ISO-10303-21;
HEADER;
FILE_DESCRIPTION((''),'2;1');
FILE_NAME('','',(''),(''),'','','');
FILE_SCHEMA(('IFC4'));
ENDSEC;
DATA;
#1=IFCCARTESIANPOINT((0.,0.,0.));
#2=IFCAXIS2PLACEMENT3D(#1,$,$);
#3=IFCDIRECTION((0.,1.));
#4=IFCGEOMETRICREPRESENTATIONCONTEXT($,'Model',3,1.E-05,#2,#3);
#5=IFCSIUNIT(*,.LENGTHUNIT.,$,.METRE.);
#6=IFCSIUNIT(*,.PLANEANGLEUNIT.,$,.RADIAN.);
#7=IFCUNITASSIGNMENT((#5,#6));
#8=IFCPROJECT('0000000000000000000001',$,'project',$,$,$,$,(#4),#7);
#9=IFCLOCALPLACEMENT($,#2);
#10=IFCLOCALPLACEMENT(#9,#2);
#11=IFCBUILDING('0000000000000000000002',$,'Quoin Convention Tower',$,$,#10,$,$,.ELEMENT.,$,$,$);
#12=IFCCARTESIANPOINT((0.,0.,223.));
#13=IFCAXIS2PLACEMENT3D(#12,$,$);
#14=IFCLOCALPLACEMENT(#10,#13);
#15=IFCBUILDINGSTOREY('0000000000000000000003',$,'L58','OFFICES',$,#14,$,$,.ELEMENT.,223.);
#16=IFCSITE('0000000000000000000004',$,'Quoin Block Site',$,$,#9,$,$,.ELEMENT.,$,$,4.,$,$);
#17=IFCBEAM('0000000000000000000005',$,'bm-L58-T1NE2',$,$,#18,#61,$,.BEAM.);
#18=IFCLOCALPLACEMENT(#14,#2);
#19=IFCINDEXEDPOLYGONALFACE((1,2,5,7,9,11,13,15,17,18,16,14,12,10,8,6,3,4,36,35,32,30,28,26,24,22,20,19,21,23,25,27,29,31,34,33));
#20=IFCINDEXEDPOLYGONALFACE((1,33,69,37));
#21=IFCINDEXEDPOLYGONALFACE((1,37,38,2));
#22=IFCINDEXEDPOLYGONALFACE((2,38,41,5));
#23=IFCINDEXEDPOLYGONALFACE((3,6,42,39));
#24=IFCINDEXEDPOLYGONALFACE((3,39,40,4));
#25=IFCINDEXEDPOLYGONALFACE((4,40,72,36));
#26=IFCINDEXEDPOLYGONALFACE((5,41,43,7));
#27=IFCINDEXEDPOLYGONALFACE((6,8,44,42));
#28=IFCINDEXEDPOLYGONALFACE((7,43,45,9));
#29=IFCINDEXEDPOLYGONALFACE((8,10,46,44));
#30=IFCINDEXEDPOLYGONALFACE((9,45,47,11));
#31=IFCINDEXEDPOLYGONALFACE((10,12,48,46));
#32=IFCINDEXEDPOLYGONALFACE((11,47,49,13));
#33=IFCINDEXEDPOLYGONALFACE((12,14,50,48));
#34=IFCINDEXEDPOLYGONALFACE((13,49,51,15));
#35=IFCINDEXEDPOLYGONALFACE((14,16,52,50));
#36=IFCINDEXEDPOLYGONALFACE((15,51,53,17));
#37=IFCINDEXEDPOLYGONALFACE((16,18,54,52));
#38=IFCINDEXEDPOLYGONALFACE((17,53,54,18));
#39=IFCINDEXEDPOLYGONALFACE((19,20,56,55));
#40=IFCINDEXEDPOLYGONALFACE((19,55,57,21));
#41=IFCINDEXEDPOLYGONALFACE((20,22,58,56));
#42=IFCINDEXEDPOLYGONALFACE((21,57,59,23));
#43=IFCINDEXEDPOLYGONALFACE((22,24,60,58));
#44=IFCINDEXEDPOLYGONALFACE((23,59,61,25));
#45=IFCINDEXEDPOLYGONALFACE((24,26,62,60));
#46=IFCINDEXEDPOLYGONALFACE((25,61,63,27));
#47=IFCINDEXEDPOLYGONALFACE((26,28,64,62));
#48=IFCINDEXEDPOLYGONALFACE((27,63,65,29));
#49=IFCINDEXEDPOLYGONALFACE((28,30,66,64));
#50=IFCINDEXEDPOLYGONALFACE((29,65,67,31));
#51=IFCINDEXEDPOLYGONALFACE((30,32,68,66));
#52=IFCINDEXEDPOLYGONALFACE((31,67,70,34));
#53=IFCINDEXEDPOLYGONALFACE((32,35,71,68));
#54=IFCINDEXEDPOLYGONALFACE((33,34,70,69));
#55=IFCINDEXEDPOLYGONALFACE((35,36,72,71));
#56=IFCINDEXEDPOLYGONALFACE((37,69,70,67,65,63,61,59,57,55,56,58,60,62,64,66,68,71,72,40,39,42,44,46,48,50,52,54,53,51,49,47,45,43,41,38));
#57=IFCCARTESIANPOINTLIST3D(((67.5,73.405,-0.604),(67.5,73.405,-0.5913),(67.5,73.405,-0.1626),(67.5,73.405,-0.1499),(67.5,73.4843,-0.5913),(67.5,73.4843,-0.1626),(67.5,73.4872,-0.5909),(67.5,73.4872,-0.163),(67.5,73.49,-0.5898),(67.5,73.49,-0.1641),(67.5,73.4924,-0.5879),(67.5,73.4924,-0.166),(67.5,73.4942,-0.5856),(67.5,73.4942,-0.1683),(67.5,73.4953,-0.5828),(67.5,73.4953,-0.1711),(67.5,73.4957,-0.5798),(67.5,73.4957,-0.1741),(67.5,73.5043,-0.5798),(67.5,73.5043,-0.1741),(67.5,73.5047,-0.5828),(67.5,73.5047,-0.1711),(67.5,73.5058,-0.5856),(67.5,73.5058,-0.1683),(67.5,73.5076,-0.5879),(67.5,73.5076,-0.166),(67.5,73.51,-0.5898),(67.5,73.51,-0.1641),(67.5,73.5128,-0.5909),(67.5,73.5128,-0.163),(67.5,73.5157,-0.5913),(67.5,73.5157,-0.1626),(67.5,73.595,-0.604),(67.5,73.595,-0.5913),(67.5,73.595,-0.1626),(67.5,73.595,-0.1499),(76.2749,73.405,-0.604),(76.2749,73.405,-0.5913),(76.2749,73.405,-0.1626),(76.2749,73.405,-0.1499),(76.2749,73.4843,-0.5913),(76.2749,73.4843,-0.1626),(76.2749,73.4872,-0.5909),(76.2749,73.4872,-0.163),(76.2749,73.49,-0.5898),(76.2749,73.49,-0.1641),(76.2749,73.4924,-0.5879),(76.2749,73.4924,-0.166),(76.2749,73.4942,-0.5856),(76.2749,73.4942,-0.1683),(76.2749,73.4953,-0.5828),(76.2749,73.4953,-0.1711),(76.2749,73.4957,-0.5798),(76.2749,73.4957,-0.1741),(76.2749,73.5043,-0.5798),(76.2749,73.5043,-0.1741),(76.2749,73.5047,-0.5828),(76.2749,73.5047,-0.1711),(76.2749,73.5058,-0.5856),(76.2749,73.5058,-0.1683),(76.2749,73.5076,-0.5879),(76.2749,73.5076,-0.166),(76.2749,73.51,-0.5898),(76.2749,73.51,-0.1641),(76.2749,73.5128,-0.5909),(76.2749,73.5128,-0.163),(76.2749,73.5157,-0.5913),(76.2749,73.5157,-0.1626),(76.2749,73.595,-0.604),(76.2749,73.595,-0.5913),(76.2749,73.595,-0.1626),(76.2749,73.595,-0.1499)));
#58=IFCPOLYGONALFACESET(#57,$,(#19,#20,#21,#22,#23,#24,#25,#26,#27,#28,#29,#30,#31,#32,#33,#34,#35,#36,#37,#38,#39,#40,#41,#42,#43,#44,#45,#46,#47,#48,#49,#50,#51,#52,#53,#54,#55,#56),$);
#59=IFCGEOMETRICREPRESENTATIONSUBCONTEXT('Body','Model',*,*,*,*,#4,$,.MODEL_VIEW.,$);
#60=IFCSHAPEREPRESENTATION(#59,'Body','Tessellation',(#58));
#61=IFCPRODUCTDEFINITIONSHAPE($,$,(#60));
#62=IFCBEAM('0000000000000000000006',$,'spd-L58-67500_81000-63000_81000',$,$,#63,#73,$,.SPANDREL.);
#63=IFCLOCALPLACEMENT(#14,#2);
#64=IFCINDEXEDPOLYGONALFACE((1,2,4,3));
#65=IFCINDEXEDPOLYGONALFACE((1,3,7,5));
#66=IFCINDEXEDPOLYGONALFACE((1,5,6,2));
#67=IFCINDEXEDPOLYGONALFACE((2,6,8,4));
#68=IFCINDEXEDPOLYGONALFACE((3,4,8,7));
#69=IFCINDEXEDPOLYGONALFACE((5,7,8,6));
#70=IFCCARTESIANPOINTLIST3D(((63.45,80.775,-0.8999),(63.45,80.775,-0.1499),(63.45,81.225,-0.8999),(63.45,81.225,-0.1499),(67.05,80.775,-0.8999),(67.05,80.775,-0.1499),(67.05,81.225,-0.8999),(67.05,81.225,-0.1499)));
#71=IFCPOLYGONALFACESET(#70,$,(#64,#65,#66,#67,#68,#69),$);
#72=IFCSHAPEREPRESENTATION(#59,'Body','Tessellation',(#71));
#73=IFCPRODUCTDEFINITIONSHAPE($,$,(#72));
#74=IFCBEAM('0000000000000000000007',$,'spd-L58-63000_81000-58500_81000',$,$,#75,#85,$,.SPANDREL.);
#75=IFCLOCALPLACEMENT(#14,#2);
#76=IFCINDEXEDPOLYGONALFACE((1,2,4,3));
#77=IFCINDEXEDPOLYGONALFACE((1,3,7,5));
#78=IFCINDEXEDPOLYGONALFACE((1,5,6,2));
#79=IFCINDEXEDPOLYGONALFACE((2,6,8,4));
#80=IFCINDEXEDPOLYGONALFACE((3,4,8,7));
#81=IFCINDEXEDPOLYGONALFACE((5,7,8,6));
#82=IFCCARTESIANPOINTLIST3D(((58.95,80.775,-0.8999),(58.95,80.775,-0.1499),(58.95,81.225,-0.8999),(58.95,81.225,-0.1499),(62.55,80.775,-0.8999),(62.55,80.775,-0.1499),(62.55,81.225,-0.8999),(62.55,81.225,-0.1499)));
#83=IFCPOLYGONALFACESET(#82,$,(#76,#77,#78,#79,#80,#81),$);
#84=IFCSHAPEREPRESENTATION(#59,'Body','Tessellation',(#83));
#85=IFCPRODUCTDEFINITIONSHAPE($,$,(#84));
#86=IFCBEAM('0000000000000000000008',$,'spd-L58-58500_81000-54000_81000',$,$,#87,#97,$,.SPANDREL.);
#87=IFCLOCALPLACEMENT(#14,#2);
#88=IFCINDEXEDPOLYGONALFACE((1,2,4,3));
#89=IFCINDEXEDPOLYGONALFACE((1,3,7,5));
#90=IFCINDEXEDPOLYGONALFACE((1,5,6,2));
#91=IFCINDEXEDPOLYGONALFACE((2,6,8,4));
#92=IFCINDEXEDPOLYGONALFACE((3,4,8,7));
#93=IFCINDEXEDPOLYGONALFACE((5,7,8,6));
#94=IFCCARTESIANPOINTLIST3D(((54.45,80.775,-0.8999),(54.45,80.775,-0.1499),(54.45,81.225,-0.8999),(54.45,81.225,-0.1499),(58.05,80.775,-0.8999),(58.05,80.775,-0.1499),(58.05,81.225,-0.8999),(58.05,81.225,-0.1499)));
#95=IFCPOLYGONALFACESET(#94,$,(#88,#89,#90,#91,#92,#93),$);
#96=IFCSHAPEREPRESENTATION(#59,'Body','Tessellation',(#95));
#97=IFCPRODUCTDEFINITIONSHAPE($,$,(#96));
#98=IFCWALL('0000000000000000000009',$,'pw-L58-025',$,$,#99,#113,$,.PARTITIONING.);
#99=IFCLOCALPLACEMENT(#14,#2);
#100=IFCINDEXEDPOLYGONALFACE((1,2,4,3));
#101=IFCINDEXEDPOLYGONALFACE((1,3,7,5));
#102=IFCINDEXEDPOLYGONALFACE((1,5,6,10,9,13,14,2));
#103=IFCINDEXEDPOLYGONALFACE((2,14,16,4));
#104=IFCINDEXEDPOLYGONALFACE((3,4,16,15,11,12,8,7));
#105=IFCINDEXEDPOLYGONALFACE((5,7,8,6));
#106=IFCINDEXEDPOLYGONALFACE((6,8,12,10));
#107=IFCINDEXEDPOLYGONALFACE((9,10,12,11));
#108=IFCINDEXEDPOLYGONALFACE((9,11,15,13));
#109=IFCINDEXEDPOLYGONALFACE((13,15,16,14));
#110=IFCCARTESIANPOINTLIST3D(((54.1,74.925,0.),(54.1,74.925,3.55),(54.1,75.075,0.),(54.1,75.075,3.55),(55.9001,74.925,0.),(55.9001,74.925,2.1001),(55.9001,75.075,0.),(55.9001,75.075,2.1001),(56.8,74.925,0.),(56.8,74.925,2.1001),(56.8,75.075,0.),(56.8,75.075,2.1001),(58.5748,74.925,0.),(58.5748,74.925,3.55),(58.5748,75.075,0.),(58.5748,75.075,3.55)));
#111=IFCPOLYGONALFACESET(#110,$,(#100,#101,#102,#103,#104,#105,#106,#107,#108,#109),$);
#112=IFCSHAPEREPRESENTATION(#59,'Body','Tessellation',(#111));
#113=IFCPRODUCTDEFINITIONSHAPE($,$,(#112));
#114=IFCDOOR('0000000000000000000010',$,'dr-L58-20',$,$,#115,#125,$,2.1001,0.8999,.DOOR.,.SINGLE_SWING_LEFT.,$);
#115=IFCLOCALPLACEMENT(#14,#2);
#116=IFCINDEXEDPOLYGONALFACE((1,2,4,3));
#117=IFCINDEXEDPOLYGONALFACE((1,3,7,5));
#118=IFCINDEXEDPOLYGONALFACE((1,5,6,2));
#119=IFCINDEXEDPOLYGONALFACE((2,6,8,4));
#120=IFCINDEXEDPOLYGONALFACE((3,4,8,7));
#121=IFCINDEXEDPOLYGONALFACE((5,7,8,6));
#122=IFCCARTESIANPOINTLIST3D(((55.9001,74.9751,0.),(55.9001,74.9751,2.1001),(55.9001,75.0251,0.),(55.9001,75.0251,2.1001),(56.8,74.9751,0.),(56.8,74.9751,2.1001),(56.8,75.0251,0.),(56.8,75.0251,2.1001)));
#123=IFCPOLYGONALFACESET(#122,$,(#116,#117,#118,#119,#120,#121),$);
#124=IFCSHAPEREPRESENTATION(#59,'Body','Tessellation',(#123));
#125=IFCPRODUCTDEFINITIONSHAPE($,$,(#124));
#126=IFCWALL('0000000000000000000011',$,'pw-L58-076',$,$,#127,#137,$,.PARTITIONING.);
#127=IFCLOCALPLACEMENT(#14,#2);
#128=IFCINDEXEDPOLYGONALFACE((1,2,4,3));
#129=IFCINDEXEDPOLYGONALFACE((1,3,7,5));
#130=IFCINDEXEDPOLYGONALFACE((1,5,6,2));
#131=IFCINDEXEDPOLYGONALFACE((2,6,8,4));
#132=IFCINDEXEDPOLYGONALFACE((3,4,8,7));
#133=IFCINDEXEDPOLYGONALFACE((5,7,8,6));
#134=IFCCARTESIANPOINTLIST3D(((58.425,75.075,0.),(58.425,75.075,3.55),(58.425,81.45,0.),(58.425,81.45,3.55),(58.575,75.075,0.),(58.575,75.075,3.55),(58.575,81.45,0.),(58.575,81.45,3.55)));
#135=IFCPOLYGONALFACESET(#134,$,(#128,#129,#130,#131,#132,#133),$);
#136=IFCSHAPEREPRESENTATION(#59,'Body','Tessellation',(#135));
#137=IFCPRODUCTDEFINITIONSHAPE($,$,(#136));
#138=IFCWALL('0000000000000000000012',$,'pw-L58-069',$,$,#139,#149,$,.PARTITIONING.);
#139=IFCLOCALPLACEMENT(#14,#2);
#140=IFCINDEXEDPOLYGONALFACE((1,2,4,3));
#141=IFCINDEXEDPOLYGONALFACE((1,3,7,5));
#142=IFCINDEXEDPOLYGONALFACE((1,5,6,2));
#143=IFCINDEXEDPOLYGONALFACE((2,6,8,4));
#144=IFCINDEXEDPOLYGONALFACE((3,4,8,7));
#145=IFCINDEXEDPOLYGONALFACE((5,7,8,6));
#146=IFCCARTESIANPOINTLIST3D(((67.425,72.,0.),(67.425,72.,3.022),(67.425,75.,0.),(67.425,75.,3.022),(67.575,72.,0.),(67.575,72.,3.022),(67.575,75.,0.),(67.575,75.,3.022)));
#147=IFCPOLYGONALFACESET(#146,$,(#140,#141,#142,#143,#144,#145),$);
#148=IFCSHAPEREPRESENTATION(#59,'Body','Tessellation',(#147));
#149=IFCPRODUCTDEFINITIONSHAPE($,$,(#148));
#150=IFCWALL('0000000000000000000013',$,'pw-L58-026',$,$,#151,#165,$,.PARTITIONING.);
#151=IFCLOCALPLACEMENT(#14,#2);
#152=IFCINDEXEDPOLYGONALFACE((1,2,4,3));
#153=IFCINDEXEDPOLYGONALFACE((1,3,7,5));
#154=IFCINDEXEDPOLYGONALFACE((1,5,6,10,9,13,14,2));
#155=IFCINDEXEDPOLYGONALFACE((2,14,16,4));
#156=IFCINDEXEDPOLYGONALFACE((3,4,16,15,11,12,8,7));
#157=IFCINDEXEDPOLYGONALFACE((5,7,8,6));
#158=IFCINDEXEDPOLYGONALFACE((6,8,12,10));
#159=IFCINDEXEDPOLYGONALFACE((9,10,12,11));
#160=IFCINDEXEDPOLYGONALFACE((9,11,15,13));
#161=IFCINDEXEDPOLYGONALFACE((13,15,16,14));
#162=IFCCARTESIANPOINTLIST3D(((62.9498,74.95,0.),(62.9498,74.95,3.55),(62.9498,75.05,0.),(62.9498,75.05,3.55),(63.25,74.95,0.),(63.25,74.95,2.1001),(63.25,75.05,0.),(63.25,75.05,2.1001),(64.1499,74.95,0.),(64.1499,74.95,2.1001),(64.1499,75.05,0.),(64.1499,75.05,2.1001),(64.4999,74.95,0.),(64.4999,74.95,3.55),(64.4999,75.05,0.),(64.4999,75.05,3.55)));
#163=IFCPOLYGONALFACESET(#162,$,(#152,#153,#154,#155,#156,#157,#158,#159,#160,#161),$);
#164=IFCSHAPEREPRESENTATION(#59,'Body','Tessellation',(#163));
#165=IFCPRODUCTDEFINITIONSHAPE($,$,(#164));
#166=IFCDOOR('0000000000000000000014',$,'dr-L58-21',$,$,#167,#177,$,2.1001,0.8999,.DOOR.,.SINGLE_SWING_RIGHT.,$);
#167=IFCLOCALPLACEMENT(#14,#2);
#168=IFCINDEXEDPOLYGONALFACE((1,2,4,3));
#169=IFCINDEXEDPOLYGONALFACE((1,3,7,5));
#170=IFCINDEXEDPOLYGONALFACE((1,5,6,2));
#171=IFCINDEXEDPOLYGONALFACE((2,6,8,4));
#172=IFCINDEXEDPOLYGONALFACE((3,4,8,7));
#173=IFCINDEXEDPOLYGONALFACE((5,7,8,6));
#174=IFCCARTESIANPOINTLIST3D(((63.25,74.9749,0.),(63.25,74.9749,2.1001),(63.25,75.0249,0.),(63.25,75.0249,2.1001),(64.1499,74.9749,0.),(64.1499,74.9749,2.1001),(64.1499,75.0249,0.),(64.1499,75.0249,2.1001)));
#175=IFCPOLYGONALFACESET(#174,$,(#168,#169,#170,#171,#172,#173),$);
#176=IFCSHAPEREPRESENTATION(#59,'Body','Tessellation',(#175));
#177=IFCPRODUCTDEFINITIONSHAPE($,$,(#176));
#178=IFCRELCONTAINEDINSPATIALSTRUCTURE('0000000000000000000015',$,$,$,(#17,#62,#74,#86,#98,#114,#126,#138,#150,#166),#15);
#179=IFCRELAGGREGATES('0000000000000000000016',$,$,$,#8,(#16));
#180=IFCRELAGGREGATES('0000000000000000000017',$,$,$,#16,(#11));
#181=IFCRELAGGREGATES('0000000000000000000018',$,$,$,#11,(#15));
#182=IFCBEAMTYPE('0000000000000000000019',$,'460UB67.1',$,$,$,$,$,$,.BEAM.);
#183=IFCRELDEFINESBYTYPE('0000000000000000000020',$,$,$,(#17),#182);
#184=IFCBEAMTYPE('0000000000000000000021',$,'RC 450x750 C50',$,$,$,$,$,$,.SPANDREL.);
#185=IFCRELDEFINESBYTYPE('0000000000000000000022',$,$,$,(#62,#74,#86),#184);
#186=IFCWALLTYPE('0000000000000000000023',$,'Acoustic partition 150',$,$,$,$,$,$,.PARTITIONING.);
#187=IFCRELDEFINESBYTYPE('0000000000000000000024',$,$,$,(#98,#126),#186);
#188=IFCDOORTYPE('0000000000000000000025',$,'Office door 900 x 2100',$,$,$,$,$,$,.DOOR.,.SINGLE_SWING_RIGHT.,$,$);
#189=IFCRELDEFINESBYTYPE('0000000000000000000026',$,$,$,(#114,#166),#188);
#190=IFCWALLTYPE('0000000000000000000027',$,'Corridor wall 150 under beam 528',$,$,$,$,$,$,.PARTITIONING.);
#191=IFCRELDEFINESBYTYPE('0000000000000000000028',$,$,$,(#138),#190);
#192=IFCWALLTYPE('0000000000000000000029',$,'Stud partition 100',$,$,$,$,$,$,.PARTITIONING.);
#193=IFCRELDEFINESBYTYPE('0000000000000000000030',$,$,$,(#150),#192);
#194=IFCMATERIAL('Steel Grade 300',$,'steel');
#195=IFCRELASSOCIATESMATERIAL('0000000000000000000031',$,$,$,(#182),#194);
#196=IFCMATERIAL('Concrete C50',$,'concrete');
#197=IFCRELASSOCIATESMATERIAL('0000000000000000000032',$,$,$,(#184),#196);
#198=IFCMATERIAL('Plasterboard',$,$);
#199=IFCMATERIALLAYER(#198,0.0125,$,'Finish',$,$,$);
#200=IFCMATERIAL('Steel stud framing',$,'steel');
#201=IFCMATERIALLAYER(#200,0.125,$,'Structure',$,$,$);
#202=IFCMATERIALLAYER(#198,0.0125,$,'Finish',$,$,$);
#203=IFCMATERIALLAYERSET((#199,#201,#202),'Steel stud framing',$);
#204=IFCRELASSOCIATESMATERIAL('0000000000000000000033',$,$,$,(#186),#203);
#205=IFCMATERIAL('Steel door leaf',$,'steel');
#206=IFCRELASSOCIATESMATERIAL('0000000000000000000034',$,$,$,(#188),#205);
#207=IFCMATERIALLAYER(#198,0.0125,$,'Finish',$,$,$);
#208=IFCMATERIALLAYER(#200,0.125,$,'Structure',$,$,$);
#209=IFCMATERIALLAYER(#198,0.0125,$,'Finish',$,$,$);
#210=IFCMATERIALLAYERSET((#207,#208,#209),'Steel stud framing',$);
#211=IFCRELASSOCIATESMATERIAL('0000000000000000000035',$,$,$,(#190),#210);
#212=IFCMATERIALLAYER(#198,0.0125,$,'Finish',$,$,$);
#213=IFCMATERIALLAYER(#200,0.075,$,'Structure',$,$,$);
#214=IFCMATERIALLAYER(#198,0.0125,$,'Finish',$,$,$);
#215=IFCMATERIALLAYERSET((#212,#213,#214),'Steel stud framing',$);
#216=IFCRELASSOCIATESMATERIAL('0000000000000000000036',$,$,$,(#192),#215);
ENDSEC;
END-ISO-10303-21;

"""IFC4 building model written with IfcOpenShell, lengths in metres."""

from ifc_helpers import new_model, si_unit, direction, frame, frame_2d, origin, origin_2d, place, context, subcontext, project, spatial, rectangle, i_section, extrude, material, layer, layer_set, material_profile, profile_set, type_object, element, fill, save


model = new_model("IFC4")

# Units and contexts
model_context = context("Model", 3, precision=1e-05, world=origin(), true_north=direction((0.0, 1.0)))
body_context = subcontext(model_context, "Body", "Model", "MODEL_VIEW")
ifc_project = project(units=[si_unit("LENGTHUNIT", "METRE"), si_unit("PLANEANGLEUNIT", "RADIAN")], contexts=[model_context])

# Site, building, storey
site_placement = place(None, origin())
site = spatial("IfcSite", under=ifc_project, at=site_placement, Name="Quoin Block Site", CompositionType="ELEMENT", RefElevation=4.0)
building_placement = place(site_placement, origin())
building = spatial("IfcBuilding", under=site, at=building_placement, Name="Quoin Convention Tower", CompositionType="ELEMENT")
storey_placement = place(building_placement, frame((0.0, 0.0, 223.0)))
storey = spatial("IfcBuildingStorey", under=building, at=storey_placement, Name="L58", Description="OFFICES", CompositionType="ELEMENT", Elevation=223.0)

# Shared definitions
ifc_material_1 = material(Name="Concrete C50", Category="concrete")

# Beams
ifc_material_2 = material(Name="Steel Grade 300", Category="steel")
ifc_material_profile_1 = material_profile(ifc_material_2, i_section(OverallWidth=0.1899, OverallDepth=0.4541, WebThickness=0.0085, FlangeThickness=0.0127, FilletRadius=0.0115, at=origin_2d()), Name="460UB67.1")
ifc_profile_set_1 = profile_set([ifc_material_profile_1], Name="Steel Grade 300")
beam_type_1 = type_object("IfcBeamType", Name="460UB67.1", PredefinedType="BEAM", material=ifc_profile_set_1)
for number, where, z_axis, x_axis, name in (
    (1, (67.5, 73.5, -0.377), (1.0, 0.0, 0.0), (0.0, 1.0, 0.0), "bm-L58-T1NE2"),
):
    element("IfcBeam", number, at=place(storey_placement, frame(where, z_axis=z_axis, x_axis=x_axis)), inside=storey, type_object=beam_type_1, Name=name, PredefinedType="BEAM", context=body_context, shape_type="SweptSolid", body=[
        extrude(i_section(OverallWidth=0.1899, OverallDepth=0.4541, WebThickness=0.0085, FlangeThickness=0.0127, FilletRadius=0.0115, at=origin_2d()), origin(), (0.0, 0.0, 1.0), 8.7749),
    ])
ifc_material_profile_2 = material_profile(ifc_material_1, rectangle(XDim=0.45, YDim=0.75, at=origin_2d()), Name="RC 450x750")
ifc_profile_set_2 = profile_set([ifc_material_profile_2], Name="Concrete C50")
beam_type_2 = type_object("IfcBeamType", Name="RC 450x750 C50", PredefinedType="SPANDREL", material=ifc_profile_set_2)
for number, where, z_axis, x_axis, name in (
    (2, (67.05, 81.0, -0.5249), (-1.0, 0.0, 0.0), (0.0, -1.0, 0.0), "spd-L58-67500_81000-63000_81000"),
    (3, (62.55, 81.0, -0.5249), (-1.0, 0.0, 0.0), (0.0, -1.0, 0.0), "spd-L58-63000_81000-58500_81000"),
    (4, (58.05, 81.0, -0.5249), (-1.0, 0.0, 0.0), (0.0, -1.0, 0.0), "spd-L58-58500_81000-54000_81000"),
):
    element("IfcBeam", number, at=place(storey_placement, frame(where, z_axis=z_axis, x_axis=x_axis)), inside=storey, type_object=beam_type_2, Name=name, PredefinedType="SPANDREL", context=body_context, shape_type="SweptSolid", body=[
        extrude(rectangle(XDim=0.45, YDim=0.75, at=origin_2d()), origin(), (0.0, 0.0, 1.0), 3.6001),
    ])

# Wall, opening, door
ifc_material_3 = material(Name="Plasterboard")
ifc_layer_1 = layer(ifc_material_3, 0.0125, Name="Finish")
ifc_material_4 = material(Name="Steel stud framing", Category="steel")
ifc_layer_2 = layer(ifc_material_4, 0.125, Name="Structure")
ifc_layer_3 = layer(ifc_material_3, 0.0125, Name="Finish")
ifc_layer_set_1 = layer_set([ifc_layer_1, ifc_layer_2, ifc_layer_3], Name="Steel stud framing")
wall_type_1 = type_object("IfcWallType", Name="Acoustic partition 150", PredefinedType="PARTITIONING", material=ifc_layer_set_1)
wall_1_placement = place(storey_placement, frame((54.1001, 75.0, 0.0), z_axis=(0.0, 0.0, 1.0), x_axis=(1.0, 0.0, 0.0)))
wall_1 = element("IfcWall", 5, at=wall_1_placement, inside=storey, type_object=wall_type_1, Name="pw-L58-025", PredefinedType="PARTITIONING", context=body_context, shape_type="SweptSolid", body=[
    extrude(rectangle(XDim=4.4749, YDim=0.1499, at=frame_2d((2.2373, 0.0))), origin(), (0.0, 0.0, 1.0), 3.55),
])
opening_1_placement = place(wall_1_placement, frame((1.8, 0.0, 0.0)))
opening_1 = element("IfcOpeningElement", 6, at=opening_1_placement, cuts=wall_1, PredefinedType="OPENING", context=body_context, shape_type="SweptSolid", body=[
    extrude(rectangle(XDim=0.8999, YDim=2.1001, at=frame_2d((0.45, 1.05))), frame((0.0, 0.085, 0.0), z_axis=(0.0, -1.0, 0.0), x_axis=(1.0, 0.0, 0.0)), (0.0, 0.0, 1.0), 0.1699),
])
ifc_material_5 = material(Name="Steel door leaf", Category="steel")
door_type = type_object("IfcDoorType", Name="Office door 900 x 2100", OperationType="SINGLE_SWING_RIGHT", PredefinedType="DOOR", material=ifc_material_5)
door_1_placement = place(opening_1_placement, frame((0.8999, 0.0, 0.0), z_axis=(0.0, 0.0, 1.0), x_axis=(-1.0, 0.0, 0.0)))
door_1 = element("IfcDoor", 7, at=door_1_placement, inside=storey, type_object=door_type, Name="dr-L58-20", OperationType="SINGLE_SWING_LEFT", OverallHeight=2.1001, OverallWidth=0.8999, PredefinedType="DOOR", context=body_context, shape_type="SweptSolid", body=[
    extrude(rectangle(XDim=0.8999, YDim=2.1001, at=frame_2d((0.45, 1.05))), frame((0.0, 0.0249, 0.0), z_axis=(0.0, -1.0, 0.0), x_axis=(1.0, 0.0, 0.0)), (0.0, 0.0, 1.0), 0.05),
])
fill(opening_1, door_1)

# Walls
wall_2_placement = place(storey_placement, frame((58.5, 75.075, 0.0), z_axis=(0.0, 0.0, 1.0), x_axis=(0.0, 1.0, 0.0)))
element("IfcWall", 8, at=wall_2_placement, inside=storey, type_object=wall_type_1, Name="pw-L58-076", PredefinedType="PARTITIONING", context=body_context, shape_type="SweptSolid", body=[
    extrude(rectangle(XDim=6.375, YDim=0.1499, at=frame_2d((3.1875, 0.0))), origin(), (0.0, 0.0, 1.0), 3.55),
])
ifc_layer_4 = layer(ifc_material_3, 0.0125, Name="Finish")
ifc_layer_5 = layer(ifc_material_4, 0.125, Name="Structure")
ifc_layer_6 = layer(ifc_material_3, 0.0125, Name="Finish")
ifc_layer_set_2 = layer_set([ifc_layer_4, ifc_layer_5, ifc_layer_6], Name="Steel stud framing")
wall_type_2 = type_object("IfcWallType", Name="Corridor wall 150 under beam 528", PredefinedType="PARTITIONING", material=ifc_layer_set_2)
wall_3_placement = place(storey_placement, frame((67.5, 72.0, 0.0), z_axis=(0.0, 0.0, 1.0), x_axis=(0.0, 1.0, 0.0)))
element("IfcWall", 9, at=wall_3_placement, inside=storey, type_object=wall_type_2, Name="pw-L58-069", PredefinedType="PARTITIONING", context=body_context, shape_type="SweptSolid", body=[
    extrude(rectangle(XDim=3.0, YDim=0.1499, at=frame_2d((1.5, 0.0))), origin(), (0.0, 0.0, 1.0), 3.022),
])

# Wall, opening, door
ifc_layer_7 = layer(ifc_material_3, 0.0125, Name="Finish")
ifc_layer_8 = layer(ifc_material_4, 0.075, Name="Structure")
ifc_layer_9 = layer(ifc_material_3, 0.0125, Name="Finish")
ifc_layer_set_3 = layer_set([ifc_layer_7, ifc_layer_8, ifc_layer_9], Name="Steel stud framing")
wall_type_3 = type_object("IfcWallType", Name="Stud partition 100", PredefinedType="PARTITIONING", material=ifc_layer_set_3)
wall_4_placement = place(storey_placement, frame((62.95, 75.0, 0.0), z_axis=(0.0, 0.0, 1.0), x_axis=(1.0, 0.0, 0.0)))
wall_4 = element("IfcWall", 10, at=wall_4_placement, inside=storey, type_object=wall_type_3, Name="pw-L58-026", PredefinedType="PARTITIONING", context=body_context, shape_type="SweptSolid", body=[
    extrude(rectangle(XDim=1.55, YDim=0.1001, at=frame_2d((0.7749, 0.0))), origin(), (0.0, 0.0, 1.0), 3.55),
])
opening_2_placement = place(wall_4_placement, frame((0.3, 0.0, 0.0)))
opening_2 = element("IfcOpeningElement", 11, at=opening_2_placement, cuts=wall_4, PredefinedType="OPENING", context=body_context, shape_type="SweptSolid", body=[
    extrude(rectangle(XDim=0.8999, YDim=2.1001, at=frame_2d((0.45, 1.05))), frame((0.0, 0.0601, 0.0), z_axis=(0.0, -1.0, 0.0), x_axis=(1.0, 0.0, 0.0)), (0.0, 0.0, 1.0), 0.1201),
])
door_2_placement = place(opening_2_placement, origin())
door_2 = element("IfcDoor", 12, at=door_2_placement, inside=storey, type_object=door_type, Name="dr-L58-21", OperationType="SINGLE_SWING_RIGHT", OverallHeight=2.1001, OverallWidth=0.8999, PredefinedType="DOOR", context=body_context, shape_type="SweptSolid", body=[
    extrude(rectangle(XDim=0.8999, YDim=2.1001, at=frame_2d((0.45, 1.05))), frame((0.0, 0.0249, 0.0), z_axis=(0.0, -1.0, 0.0), x_axis=(1.0, 0.0, 0.0)), (0.0, 0.0, 1.0), 0.05),
])
fill(opening_2, door_2)

save(model, "model.ifc")
